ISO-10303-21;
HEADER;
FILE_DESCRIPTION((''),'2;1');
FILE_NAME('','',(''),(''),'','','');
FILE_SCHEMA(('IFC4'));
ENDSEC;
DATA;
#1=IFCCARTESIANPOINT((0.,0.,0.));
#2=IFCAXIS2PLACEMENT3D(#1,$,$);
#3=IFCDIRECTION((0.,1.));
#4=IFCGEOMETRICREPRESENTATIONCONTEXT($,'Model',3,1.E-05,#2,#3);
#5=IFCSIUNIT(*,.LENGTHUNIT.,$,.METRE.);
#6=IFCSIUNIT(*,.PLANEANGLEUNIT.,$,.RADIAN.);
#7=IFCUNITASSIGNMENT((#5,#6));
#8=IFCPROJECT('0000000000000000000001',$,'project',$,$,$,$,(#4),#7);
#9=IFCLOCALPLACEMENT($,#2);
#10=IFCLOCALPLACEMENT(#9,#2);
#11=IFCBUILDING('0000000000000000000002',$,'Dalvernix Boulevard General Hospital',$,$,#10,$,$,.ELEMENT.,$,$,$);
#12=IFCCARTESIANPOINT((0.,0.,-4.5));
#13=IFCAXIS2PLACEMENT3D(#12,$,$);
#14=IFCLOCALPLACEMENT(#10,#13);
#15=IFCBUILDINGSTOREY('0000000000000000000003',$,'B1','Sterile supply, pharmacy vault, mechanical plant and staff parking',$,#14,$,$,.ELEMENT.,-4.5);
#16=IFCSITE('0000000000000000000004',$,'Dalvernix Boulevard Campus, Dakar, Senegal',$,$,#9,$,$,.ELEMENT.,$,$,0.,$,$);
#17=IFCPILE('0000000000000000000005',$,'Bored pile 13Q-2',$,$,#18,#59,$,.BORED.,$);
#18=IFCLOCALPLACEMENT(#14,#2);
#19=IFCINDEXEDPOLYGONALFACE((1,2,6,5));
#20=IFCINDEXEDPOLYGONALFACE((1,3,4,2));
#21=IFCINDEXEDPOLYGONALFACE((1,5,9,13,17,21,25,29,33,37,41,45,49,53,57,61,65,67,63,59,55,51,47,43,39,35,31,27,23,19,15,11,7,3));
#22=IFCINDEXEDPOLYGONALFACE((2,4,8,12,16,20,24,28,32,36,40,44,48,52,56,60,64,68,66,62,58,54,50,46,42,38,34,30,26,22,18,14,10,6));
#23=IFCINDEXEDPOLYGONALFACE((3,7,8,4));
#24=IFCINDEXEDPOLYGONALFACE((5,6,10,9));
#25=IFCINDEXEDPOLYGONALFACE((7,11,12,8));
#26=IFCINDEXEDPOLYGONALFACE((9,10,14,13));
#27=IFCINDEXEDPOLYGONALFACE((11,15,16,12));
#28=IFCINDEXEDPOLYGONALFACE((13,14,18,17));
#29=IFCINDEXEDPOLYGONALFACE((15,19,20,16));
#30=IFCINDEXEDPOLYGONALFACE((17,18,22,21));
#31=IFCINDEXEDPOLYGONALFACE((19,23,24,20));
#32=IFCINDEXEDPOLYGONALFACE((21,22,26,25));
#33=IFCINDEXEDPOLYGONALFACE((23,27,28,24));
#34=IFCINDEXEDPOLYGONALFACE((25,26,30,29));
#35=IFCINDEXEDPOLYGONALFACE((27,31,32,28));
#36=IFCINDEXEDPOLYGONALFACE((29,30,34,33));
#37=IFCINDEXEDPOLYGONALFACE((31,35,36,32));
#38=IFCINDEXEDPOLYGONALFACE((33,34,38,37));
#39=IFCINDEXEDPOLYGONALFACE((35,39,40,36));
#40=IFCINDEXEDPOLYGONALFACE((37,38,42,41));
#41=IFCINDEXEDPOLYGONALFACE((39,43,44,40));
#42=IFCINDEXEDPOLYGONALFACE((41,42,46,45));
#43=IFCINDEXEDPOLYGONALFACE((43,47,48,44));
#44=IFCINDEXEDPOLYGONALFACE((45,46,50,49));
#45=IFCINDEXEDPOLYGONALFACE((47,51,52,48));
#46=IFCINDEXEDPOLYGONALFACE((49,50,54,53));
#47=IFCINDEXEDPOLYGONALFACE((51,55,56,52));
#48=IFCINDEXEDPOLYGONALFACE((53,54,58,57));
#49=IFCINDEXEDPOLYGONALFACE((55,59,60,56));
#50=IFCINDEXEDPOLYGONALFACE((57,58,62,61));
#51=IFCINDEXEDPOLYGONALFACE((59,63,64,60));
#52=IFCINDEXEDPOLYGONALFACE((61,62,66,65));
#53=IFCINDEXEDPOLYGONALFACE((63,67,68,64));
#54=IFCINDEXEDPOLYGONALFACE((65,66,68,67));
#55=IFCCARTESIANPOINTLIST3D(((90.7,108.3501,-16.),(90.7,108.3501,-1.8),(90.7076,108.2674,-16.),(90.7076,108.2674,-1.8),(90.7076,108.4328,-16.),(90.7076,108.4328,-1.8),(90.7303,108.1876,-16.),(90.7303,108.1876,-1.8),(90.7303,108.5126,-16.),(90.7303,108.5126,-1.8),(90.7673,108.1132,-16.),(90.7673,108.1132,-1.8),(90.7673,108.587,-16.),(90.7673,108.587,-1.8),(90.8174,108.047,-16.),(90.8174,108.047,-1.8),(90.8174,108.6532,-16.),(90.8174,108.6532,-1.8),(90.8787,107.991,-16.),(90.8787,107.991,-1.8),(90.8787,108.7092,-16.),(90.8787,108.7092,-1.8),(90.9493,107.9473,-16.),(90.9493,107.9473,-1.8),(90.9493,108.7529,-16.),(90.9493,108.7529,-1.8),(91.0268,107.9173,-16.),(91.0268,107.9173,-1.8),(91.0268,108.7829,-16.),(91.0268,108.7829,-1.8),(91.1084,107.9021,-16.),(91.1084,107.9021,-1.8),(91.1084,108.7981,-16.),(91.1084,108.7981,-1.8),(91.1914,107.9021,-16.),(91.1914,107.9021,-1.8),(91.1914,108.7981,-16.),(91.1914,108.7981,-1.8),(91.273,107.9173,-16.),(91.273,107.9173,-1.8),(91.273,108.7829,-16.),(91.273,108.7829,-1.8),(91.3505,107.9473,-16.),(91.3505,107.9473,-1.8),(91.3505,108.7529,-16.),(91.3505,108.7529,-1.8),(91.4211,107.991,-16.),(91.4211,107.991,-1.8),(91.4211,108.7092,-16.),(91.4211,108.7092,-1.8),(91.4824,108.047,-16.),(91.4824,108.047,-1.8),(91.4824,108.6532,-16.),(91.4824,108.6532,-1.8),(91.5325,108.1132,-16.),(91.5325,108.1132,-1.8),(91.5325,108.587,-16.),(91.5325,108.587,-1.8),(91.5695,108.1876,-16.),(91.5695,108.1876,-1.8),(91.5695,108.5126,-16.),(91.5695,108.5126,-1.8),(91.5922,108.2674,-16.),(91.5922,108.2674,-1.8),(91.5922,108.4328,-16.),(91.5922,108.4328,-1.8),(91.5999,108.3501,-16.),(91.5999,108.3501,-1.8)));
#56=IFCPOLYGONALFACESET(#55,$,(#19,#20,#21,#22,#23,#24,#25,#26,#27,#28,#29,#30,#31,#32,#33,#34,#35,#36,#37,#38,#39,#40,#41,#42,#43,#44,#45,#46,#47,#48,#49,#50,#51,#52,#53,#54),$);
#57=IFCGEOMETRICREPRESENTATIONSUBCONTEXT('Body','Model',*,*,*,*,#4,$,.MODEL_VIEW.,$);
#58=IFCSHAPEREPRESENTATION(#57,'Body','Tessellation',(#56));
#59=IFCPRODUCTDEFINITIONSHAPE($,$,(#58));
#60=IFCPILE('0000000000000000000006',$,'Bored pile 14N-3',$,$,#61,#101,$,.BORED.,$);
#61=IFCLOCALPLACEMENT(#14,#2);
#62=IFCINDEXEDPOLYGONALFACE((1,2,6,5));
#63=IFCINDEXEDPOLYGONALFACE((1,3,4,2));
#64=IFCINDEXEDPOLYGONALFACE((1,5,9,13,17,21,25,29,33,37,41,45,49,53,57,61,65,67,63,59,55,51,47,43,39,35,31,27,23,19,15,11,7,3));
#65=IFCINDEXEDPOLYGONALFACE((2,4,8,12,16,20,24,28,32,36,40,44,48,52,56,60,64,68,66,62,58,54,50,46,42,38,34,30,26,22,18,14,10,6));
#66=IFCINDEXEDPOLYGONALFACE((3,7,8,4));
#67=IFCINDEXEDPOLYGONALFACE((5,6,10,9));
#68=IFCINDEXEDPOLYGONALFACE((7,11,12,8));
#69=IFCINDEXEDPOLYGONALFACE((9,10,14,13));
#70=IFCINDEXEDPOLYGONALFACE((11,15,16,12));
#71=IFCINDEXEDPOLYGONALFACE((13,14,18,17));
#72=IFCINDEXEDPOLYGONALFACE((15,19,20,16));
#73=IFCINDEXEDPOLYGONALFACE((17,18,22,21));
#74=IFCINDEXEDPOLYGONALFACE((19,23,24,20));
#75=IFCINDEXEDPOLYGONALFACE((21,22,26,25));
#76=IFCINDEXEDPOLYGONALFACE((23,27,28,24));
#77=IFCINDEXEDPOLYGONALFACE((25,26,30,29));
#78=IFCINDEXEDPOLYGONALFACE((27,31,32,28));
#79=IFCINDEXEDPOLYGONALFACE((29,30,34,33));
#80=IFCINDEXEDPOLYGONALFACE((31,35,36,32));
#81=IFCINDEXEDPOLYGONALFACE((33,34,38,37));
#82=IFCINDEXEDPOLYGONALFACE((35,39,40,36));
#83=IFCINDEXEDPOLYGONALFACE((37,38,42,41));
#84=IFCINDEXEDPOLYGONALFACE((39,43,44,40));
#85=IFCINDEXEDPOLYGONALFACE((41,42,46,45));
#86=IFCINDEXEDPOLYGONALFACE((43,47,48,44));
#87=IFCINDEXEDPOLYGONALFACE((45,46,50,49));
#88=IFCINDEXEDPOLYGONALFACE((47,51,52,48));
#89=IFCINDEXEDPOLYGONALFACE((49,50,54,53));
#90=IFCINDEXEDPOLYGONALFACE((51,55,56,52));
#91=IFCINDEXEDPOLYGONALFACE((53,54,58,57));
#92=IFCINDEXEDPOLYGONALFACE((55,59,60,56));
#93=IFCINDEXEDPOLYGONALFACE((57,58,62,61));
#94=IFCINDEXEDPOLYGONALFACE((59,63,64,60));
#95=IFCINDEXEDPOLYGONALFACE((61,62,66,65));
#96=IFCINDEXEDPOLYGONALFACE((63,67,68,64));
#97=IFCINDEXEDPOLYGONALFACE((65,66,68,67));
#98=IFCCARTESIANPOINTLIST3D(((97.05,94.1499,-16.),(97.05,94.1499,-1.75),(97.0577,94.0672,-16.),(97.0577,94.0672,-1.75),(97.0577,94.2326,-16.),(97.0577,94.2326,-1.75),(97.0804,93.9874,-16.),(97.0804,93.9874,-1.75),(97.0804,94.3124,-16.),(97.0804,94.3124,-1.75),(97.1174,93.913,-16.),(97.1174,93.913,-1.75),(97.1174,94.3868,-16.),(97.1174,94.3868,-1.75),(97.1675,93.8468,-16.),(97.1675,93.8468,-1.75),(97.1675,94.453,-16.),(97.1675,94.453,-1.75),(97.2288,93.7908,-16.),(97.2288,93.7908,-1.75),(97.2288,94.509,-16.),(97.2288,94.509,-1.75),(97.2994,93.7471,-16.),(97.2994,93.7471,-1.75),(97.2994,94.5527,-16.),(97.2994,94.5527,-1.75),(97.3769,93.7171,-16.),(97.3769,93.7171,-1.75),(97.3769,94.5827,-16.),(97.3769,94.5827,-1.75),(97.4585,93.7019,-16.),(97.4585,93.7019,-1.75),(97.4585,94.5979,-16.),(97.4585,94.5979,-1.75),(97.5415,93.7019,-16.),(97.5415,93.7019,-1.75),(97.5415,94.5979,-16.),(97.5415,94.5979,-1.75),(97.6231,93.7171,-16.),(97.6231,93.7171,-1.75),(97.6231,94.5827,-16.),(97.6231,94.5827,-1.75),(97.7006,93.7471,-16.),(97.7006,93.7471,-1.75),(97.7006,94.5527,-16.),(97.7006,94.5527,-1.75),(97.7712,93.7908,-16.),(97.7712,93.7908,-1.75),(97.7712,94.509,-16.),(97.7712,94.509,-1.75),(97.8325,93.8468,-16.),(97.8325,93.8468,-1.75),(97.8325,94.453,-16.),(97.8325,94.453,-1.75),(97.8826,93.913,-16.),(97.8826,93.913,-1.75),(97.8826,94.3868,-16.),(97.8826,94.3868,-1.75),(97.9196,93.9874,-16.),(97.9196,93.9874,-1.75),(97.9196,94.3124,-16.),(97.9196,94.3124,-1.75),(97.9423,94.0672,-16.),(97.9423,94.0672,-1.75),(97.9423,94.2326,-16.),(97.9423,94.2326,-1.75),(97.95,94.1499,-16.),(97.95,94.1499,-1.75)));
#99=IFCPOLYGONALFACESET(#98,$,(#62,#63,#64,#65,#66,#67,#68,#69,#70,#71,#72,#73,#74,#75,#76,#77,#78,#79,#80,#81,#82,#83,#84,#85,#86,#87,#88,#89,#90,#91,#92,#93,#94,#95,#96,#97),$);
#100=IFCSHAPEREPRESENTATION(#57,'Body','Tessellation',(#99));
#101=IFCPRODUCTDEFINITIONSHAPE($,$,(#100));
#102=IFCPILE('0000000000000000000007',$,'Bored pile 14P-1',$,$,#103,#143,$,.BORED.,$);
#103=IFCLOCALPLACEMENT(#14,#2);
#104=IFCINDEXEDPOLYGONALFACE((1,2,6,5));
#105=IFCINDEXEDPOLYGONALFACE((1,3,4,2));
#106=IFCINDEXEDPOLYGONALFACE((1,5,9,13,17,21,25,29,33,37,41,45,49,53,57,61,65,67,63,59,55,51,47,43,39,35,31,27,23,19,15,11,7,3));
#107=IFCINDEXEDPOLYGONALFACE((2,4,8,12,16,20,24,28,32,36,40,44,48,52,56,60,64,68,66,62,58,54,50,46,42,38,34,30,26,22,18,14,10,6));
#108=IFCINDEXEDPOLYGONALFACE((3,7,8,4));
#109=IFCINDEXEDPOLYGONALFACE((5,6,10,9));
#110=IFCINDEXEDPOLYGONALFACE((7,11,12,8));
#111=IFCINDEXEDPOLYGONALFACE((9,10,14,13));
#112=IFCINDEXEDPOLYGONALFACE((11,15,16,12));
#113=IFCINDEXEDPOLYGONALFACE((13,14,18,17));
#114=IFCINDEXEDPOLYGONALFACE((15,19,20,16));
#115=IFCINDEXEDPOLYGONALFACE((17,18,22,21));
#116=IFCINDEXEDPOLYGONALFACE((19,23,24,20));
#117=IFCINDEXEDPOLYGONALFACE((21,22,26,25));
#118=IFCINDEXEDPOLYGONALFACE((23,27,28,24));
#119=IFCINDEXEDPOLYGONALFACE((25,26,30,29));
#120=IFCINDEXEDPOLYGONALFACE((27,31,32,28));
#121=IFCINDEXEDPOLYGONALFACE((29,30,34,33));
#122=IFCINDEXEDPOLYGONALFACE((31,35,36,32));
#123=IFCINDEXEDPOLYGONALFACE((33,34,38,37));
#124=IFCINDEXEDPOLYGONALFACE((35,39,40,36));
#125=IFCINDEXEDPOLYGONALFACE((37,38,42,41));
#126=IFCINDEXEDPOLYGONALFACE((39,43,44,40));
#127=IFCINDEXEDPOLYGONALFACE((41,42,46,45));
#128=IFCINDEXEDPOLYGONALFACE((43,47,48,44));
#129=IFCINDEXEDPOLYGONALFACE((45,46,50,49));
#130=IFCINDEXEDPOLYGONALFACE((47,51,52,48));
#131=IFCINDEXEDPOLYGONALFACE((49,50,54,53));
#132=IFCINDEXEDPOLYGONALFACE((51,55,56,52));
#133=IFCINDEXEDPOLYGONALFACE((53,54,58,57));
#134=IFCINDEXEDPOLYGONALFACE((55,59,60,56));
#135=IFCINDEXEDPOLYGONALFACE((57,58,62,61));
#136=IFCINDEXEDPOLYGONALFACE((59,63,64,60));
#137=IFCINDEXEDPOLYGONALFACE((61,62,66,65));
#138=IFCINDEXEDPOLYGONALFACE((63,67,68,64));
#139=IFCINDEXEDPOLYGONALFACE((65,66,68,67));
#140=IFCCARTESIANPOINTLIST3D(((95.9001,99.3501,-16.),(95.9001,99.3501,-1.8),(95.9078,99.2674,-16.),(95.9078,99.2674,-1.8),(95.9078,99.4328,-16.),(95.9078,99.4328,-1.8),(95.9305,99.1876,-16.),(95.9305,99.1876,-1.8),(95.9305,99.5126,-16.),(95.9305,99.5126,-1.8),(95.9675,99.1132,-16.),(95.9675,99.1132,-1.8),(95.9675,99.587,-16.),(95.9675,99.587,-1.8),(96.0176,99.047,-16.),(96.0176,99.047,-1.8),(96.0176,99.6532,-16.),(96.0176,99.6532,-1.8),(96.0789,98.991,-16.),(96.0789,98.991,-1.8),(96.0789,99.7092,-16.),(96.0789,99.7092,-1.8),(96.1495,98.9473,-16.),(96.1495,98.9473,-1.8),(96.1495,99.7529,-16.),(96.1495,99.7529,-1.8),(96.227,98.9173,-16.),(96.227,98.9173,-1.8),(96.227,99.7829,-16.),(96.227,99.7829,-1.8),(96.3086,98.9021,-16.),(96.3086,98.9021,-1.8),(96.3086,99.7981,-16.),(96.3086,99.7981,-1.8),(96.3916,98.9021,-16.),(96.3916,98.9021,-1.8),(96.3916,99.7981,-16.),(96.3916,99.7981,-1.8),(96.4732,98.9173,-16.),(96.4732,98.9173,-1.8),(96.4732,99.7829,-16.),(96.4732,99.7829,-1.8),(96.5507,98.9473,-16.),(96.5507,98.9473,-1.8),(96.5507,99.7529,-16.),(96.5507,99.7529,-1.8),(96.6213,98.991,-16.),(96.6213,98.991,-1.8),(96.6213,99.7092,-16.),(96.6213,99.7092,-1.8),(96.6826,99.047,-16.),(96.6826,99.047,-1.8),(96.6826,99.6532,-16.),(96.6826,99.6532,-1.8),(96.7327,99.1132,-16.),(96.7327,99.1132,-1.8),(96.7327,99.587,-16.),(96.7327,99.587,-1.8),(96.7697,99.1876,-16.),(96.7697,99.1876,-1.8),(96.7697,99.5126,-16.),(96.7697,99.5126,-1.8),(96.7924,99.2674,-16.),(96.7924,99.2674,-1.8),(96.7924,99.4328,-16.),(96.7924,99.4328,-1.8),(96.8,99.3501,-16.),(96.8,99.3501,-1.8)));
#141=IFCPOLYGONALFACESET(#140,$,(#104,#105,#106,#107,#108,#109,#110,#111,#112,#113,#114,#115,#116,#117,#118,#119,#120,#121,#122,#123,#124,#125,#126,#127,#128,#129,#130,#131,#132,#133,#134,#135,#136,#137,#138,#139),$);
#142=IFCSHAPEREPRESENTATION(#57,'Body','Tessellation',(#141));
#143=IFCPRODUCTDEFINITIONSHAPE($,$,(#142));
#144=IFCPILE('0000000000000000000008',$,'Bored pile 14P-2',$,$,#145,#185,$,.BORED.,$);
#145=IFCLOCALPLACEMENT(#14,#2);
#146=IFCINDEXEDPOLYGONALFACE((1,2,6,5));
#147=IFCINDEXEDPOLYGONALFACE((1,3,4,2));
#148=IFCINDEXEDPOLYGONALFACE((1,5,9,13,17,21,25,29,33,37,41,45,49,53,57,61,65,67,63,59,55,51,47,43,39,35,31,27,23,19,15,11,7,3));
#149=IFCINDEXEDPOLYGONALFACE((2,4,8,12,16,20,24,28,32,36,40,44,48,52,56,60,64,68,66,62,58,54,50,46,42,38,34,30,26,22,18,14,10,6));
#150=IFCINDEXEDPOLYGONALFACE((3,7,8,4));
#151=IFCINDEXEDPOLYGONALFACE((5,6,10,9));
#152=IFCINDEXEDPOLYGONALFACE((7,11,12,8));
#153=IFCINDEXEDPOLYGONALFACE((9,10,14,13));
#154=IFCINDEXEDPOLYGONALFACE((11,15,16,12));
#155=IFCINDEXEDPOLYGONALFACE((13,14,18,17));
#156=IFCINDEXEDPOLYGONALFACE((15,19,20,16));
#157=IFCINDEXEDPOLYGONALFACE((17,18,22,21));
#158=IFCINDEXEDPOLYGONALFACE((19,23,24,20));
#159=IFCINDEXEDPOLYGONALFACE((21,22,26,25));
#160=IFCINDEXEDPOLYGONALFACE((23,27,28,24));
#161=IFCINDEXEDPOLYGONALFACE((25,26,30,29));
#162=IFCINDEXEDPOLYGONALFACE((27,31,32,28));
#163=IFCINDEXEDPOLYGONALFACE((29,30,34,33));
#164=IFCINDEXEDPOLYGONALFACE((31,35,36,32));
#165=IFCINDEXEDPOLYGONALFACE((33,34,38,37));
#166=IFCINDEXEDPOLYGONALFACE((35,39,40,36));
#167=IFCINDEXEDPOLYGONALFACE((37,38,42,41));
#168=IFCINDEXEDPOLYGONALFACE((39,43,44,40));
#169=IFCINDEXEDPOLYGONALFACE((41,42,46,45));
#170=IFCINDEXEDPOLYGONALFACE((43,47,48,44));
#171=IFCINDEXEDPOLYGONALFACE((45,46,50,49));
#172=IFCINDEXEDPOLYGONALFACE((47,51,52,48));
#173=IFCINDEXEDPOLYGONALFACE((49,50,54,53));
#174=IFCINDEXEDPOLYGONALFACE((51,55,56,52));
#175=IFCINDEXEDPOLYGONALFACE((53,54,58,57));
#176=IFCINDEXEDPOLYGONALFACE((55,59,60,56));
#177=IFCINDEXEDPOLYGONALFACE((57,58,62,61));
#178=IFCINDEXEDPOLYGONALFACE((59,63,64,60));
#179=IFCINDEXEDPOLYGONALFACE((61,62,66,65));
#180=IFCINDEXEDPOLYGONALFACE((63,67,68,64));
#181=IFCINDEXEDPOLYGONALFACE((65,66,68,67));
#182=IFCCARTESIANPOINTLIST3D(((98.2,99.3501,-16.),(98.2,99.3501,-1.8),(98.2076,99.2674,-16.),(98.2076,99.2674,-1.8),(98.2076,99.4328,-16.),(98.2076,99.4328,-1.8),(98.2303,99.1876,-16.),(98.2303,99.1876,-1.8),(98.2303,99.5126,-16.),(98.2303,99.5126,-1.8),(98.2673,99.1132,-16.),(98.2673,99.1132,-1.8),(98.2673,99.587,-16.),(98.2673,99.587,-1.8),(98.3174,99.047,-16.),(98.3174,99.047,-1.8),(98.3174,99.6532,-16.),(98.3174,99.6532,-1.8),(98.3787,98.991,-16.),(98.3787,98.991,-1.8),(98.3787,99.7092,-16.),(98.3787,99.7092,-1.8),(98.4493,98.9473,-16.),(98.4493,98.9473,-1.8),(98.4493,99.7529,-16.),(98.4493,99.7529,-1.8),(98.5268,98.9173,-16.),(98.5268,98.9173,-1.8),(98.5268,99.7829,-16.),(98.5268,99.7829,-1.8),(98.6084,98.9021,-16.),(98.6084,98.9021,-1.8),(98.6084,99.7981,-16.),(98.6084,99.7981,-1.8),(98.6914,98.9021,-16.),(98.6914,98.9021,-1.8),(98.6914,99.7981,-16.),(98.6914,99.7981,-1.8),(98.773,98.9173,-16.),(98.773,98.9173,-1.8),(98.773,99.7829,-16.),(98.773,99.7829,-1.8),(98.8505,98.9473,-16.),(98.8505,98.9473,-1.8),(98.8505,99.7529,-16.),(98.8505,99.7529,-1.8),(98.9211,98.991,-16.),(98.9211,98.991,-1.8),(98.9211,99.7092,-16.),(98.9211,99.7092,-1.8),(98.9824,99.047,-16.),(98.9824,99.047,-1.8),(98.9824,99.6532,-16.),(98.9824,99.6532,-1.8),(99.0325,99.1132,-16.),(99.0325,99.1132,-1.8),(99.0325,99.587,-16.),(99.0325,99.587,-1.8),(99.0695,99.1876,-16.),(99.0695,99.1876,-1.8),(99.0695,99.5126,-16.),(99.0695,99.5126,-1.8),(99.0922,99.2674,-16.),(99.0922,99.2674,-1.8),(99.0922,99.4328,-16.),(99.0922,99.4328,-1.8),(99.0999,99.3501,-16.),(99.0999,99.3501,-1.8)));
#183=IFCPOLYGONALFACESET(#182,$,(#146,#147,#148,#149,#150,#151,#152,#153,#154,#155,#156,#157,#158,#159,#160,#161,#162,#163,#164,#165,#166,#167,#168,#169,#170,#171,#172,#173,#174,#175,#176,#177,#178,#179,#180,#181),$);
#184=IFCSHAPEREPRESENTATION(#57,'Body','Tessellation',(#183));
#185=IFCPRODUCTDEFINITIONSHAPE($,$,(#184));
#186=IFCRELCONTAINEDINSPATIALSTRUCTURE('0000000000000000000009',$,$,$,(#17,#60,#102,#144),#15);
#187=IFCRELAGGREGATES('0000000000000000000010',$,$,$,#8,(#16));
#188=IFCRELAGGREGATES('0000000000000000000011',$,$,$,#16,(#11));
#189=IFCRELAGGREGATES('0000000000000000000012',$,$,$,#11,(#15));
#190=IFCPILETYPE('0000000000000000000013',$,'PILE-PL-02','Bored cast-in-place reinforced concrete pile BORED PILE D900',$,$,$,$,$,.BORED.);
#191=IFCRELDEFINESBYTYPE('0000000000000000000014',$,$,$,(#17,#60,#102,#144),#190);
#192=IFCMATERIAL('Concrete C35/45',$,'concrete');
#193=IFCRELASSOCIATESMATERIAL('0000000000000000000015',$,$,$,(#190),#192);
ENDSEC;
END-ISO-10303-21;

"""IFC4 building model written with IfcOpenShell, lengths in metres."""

from ifc_helpers import new_model, si_unit, direction, frame, origin, origin_2d, place, context, subcontext, project, spatial, circle, extrude, material, material_profile, profile_set, type_object, element, save


model = new_model("IFC4")

# Units and contexts
model_context = context("Model", 3, precision=1e-05, world=origin(), true_north=direction((0.0, 1.0)))
body_context = subcontext(model_context, "Body", "Model", "MODEL_VIEW")
ifc_project = project(units=[si_unit("LENGTHUNIT", "METRE"), si_unit("PLANEANGLEUNIT", "RADIAN")], contexts=[model_context])

# Site, building, storey
site_placement = place(None, origin())
site = spatial("IfcSite", under=ifc_project, at=site_placement, Name="Dalvernix Boulevard Campus, Dakar, Senegal", CompositionType="ELEMENT", RefElevation=0.0)
building_placement = place(site_placement, origin())
building = spatial("IfcBuilding", under=site, at=building_placement, Name="Dalvernix Boulevard General Hospital", CompositionType="ELEMENT")
storey_placement = place(building_placement, frame((0.0, 0.0, -4.5)))
storey = spatial("IfcBuildingStorey", under=building, at=storey_placement, Name="B1", Description="Sterile supply, pharmacy vault, mechanical plant and staff parking", CompositionType="ELEMENT", Elevation=-4.5)

# Shared definitions
ifc_material_1 = material(Name="Concrete C35/45", Category="concrete")

# Piles
ifc_material_profile_1 = material_profile(ifc_material_1, circle(Radius=0.45, at=origin_2d()), Name="BORED PILE D900")
ifc_profile_set_1 = profile_set([ifc_material_profile_1], Name="Concrete C35/45")
pile_type_1 = type_object("IfcPileType", Name="PILE-PL-02", Description="Bored cast-in-place reinforced concrete pile BORED PILE D900", PredefinedType="BORED", material=ifc_profile_set_1)
for number, where, z_axis, x_axis, name in (
    (1, (91.1499, 108.3501, -1.8), (0.0, 0.0, -1.0), (1.0, 0.0, 0.0), "Bored pile 13Q-2"),
):
    element("IfcPile", number, at=place(storey_placement, frame(where, z_axis=z_axis, x_axis=x_axis)), inside=storey, type_object=pile_type_1, Name=name, PredefinedType="BORED", context=body_context, shape_type="SweptSolid", body=[
        extrude(circle(Radius=0.45, at=origin_2d()), origin(), (0.0, 0.0, 1.0), 14.2),
    ])
pile_1_placement = place(storey_placement, frame((97.5, 94.1499, -1.75), z_axis=(0.0, 0.0, -1.0), x_axis=(1.0, 0.0, 0.0)))
element("IfcPile", 2, at=pile_1_placement, inside=storey, type_object=pile_type_1, Name="Bored pile 14N-3", PredefinedType="BORED", context=body_context, shape_type="SweptSolid", body=[
    extrude(circle(Radius=0.45, at=origin_2d()), origin(), (0.0, 0.0, 1.0), 14.25),
])
for number, where, z_axis, x_axis, name in (
    (3, (96.3501, 99.3501, -1.8), (0.0, 0.0, -1.0), (1.0, 0.0, 0.0), "Bored pile 14P-1"),
    (4, (98.6499, 99.3501, -1.8), (0.0, 0.0, -1.0), (1.0, 0.0, 0.0), "Bored pile 14P-2"),
):
    element("IfcPile", number, at=place(storey_placement, frame(where, z_axis=z_axis, x_axis=x_axis)), inside=storey, type_object=pile_type_1, Name=name, PredefinedType="BORED", context=body_context, shape_type="SweptSolid", body=[
        extrude(circle(Radius=0.45, at=origin_2d()), origin(), (0.0, 0.0, 1.0), 14.2),
    ])

save(model, "model.ifc")
